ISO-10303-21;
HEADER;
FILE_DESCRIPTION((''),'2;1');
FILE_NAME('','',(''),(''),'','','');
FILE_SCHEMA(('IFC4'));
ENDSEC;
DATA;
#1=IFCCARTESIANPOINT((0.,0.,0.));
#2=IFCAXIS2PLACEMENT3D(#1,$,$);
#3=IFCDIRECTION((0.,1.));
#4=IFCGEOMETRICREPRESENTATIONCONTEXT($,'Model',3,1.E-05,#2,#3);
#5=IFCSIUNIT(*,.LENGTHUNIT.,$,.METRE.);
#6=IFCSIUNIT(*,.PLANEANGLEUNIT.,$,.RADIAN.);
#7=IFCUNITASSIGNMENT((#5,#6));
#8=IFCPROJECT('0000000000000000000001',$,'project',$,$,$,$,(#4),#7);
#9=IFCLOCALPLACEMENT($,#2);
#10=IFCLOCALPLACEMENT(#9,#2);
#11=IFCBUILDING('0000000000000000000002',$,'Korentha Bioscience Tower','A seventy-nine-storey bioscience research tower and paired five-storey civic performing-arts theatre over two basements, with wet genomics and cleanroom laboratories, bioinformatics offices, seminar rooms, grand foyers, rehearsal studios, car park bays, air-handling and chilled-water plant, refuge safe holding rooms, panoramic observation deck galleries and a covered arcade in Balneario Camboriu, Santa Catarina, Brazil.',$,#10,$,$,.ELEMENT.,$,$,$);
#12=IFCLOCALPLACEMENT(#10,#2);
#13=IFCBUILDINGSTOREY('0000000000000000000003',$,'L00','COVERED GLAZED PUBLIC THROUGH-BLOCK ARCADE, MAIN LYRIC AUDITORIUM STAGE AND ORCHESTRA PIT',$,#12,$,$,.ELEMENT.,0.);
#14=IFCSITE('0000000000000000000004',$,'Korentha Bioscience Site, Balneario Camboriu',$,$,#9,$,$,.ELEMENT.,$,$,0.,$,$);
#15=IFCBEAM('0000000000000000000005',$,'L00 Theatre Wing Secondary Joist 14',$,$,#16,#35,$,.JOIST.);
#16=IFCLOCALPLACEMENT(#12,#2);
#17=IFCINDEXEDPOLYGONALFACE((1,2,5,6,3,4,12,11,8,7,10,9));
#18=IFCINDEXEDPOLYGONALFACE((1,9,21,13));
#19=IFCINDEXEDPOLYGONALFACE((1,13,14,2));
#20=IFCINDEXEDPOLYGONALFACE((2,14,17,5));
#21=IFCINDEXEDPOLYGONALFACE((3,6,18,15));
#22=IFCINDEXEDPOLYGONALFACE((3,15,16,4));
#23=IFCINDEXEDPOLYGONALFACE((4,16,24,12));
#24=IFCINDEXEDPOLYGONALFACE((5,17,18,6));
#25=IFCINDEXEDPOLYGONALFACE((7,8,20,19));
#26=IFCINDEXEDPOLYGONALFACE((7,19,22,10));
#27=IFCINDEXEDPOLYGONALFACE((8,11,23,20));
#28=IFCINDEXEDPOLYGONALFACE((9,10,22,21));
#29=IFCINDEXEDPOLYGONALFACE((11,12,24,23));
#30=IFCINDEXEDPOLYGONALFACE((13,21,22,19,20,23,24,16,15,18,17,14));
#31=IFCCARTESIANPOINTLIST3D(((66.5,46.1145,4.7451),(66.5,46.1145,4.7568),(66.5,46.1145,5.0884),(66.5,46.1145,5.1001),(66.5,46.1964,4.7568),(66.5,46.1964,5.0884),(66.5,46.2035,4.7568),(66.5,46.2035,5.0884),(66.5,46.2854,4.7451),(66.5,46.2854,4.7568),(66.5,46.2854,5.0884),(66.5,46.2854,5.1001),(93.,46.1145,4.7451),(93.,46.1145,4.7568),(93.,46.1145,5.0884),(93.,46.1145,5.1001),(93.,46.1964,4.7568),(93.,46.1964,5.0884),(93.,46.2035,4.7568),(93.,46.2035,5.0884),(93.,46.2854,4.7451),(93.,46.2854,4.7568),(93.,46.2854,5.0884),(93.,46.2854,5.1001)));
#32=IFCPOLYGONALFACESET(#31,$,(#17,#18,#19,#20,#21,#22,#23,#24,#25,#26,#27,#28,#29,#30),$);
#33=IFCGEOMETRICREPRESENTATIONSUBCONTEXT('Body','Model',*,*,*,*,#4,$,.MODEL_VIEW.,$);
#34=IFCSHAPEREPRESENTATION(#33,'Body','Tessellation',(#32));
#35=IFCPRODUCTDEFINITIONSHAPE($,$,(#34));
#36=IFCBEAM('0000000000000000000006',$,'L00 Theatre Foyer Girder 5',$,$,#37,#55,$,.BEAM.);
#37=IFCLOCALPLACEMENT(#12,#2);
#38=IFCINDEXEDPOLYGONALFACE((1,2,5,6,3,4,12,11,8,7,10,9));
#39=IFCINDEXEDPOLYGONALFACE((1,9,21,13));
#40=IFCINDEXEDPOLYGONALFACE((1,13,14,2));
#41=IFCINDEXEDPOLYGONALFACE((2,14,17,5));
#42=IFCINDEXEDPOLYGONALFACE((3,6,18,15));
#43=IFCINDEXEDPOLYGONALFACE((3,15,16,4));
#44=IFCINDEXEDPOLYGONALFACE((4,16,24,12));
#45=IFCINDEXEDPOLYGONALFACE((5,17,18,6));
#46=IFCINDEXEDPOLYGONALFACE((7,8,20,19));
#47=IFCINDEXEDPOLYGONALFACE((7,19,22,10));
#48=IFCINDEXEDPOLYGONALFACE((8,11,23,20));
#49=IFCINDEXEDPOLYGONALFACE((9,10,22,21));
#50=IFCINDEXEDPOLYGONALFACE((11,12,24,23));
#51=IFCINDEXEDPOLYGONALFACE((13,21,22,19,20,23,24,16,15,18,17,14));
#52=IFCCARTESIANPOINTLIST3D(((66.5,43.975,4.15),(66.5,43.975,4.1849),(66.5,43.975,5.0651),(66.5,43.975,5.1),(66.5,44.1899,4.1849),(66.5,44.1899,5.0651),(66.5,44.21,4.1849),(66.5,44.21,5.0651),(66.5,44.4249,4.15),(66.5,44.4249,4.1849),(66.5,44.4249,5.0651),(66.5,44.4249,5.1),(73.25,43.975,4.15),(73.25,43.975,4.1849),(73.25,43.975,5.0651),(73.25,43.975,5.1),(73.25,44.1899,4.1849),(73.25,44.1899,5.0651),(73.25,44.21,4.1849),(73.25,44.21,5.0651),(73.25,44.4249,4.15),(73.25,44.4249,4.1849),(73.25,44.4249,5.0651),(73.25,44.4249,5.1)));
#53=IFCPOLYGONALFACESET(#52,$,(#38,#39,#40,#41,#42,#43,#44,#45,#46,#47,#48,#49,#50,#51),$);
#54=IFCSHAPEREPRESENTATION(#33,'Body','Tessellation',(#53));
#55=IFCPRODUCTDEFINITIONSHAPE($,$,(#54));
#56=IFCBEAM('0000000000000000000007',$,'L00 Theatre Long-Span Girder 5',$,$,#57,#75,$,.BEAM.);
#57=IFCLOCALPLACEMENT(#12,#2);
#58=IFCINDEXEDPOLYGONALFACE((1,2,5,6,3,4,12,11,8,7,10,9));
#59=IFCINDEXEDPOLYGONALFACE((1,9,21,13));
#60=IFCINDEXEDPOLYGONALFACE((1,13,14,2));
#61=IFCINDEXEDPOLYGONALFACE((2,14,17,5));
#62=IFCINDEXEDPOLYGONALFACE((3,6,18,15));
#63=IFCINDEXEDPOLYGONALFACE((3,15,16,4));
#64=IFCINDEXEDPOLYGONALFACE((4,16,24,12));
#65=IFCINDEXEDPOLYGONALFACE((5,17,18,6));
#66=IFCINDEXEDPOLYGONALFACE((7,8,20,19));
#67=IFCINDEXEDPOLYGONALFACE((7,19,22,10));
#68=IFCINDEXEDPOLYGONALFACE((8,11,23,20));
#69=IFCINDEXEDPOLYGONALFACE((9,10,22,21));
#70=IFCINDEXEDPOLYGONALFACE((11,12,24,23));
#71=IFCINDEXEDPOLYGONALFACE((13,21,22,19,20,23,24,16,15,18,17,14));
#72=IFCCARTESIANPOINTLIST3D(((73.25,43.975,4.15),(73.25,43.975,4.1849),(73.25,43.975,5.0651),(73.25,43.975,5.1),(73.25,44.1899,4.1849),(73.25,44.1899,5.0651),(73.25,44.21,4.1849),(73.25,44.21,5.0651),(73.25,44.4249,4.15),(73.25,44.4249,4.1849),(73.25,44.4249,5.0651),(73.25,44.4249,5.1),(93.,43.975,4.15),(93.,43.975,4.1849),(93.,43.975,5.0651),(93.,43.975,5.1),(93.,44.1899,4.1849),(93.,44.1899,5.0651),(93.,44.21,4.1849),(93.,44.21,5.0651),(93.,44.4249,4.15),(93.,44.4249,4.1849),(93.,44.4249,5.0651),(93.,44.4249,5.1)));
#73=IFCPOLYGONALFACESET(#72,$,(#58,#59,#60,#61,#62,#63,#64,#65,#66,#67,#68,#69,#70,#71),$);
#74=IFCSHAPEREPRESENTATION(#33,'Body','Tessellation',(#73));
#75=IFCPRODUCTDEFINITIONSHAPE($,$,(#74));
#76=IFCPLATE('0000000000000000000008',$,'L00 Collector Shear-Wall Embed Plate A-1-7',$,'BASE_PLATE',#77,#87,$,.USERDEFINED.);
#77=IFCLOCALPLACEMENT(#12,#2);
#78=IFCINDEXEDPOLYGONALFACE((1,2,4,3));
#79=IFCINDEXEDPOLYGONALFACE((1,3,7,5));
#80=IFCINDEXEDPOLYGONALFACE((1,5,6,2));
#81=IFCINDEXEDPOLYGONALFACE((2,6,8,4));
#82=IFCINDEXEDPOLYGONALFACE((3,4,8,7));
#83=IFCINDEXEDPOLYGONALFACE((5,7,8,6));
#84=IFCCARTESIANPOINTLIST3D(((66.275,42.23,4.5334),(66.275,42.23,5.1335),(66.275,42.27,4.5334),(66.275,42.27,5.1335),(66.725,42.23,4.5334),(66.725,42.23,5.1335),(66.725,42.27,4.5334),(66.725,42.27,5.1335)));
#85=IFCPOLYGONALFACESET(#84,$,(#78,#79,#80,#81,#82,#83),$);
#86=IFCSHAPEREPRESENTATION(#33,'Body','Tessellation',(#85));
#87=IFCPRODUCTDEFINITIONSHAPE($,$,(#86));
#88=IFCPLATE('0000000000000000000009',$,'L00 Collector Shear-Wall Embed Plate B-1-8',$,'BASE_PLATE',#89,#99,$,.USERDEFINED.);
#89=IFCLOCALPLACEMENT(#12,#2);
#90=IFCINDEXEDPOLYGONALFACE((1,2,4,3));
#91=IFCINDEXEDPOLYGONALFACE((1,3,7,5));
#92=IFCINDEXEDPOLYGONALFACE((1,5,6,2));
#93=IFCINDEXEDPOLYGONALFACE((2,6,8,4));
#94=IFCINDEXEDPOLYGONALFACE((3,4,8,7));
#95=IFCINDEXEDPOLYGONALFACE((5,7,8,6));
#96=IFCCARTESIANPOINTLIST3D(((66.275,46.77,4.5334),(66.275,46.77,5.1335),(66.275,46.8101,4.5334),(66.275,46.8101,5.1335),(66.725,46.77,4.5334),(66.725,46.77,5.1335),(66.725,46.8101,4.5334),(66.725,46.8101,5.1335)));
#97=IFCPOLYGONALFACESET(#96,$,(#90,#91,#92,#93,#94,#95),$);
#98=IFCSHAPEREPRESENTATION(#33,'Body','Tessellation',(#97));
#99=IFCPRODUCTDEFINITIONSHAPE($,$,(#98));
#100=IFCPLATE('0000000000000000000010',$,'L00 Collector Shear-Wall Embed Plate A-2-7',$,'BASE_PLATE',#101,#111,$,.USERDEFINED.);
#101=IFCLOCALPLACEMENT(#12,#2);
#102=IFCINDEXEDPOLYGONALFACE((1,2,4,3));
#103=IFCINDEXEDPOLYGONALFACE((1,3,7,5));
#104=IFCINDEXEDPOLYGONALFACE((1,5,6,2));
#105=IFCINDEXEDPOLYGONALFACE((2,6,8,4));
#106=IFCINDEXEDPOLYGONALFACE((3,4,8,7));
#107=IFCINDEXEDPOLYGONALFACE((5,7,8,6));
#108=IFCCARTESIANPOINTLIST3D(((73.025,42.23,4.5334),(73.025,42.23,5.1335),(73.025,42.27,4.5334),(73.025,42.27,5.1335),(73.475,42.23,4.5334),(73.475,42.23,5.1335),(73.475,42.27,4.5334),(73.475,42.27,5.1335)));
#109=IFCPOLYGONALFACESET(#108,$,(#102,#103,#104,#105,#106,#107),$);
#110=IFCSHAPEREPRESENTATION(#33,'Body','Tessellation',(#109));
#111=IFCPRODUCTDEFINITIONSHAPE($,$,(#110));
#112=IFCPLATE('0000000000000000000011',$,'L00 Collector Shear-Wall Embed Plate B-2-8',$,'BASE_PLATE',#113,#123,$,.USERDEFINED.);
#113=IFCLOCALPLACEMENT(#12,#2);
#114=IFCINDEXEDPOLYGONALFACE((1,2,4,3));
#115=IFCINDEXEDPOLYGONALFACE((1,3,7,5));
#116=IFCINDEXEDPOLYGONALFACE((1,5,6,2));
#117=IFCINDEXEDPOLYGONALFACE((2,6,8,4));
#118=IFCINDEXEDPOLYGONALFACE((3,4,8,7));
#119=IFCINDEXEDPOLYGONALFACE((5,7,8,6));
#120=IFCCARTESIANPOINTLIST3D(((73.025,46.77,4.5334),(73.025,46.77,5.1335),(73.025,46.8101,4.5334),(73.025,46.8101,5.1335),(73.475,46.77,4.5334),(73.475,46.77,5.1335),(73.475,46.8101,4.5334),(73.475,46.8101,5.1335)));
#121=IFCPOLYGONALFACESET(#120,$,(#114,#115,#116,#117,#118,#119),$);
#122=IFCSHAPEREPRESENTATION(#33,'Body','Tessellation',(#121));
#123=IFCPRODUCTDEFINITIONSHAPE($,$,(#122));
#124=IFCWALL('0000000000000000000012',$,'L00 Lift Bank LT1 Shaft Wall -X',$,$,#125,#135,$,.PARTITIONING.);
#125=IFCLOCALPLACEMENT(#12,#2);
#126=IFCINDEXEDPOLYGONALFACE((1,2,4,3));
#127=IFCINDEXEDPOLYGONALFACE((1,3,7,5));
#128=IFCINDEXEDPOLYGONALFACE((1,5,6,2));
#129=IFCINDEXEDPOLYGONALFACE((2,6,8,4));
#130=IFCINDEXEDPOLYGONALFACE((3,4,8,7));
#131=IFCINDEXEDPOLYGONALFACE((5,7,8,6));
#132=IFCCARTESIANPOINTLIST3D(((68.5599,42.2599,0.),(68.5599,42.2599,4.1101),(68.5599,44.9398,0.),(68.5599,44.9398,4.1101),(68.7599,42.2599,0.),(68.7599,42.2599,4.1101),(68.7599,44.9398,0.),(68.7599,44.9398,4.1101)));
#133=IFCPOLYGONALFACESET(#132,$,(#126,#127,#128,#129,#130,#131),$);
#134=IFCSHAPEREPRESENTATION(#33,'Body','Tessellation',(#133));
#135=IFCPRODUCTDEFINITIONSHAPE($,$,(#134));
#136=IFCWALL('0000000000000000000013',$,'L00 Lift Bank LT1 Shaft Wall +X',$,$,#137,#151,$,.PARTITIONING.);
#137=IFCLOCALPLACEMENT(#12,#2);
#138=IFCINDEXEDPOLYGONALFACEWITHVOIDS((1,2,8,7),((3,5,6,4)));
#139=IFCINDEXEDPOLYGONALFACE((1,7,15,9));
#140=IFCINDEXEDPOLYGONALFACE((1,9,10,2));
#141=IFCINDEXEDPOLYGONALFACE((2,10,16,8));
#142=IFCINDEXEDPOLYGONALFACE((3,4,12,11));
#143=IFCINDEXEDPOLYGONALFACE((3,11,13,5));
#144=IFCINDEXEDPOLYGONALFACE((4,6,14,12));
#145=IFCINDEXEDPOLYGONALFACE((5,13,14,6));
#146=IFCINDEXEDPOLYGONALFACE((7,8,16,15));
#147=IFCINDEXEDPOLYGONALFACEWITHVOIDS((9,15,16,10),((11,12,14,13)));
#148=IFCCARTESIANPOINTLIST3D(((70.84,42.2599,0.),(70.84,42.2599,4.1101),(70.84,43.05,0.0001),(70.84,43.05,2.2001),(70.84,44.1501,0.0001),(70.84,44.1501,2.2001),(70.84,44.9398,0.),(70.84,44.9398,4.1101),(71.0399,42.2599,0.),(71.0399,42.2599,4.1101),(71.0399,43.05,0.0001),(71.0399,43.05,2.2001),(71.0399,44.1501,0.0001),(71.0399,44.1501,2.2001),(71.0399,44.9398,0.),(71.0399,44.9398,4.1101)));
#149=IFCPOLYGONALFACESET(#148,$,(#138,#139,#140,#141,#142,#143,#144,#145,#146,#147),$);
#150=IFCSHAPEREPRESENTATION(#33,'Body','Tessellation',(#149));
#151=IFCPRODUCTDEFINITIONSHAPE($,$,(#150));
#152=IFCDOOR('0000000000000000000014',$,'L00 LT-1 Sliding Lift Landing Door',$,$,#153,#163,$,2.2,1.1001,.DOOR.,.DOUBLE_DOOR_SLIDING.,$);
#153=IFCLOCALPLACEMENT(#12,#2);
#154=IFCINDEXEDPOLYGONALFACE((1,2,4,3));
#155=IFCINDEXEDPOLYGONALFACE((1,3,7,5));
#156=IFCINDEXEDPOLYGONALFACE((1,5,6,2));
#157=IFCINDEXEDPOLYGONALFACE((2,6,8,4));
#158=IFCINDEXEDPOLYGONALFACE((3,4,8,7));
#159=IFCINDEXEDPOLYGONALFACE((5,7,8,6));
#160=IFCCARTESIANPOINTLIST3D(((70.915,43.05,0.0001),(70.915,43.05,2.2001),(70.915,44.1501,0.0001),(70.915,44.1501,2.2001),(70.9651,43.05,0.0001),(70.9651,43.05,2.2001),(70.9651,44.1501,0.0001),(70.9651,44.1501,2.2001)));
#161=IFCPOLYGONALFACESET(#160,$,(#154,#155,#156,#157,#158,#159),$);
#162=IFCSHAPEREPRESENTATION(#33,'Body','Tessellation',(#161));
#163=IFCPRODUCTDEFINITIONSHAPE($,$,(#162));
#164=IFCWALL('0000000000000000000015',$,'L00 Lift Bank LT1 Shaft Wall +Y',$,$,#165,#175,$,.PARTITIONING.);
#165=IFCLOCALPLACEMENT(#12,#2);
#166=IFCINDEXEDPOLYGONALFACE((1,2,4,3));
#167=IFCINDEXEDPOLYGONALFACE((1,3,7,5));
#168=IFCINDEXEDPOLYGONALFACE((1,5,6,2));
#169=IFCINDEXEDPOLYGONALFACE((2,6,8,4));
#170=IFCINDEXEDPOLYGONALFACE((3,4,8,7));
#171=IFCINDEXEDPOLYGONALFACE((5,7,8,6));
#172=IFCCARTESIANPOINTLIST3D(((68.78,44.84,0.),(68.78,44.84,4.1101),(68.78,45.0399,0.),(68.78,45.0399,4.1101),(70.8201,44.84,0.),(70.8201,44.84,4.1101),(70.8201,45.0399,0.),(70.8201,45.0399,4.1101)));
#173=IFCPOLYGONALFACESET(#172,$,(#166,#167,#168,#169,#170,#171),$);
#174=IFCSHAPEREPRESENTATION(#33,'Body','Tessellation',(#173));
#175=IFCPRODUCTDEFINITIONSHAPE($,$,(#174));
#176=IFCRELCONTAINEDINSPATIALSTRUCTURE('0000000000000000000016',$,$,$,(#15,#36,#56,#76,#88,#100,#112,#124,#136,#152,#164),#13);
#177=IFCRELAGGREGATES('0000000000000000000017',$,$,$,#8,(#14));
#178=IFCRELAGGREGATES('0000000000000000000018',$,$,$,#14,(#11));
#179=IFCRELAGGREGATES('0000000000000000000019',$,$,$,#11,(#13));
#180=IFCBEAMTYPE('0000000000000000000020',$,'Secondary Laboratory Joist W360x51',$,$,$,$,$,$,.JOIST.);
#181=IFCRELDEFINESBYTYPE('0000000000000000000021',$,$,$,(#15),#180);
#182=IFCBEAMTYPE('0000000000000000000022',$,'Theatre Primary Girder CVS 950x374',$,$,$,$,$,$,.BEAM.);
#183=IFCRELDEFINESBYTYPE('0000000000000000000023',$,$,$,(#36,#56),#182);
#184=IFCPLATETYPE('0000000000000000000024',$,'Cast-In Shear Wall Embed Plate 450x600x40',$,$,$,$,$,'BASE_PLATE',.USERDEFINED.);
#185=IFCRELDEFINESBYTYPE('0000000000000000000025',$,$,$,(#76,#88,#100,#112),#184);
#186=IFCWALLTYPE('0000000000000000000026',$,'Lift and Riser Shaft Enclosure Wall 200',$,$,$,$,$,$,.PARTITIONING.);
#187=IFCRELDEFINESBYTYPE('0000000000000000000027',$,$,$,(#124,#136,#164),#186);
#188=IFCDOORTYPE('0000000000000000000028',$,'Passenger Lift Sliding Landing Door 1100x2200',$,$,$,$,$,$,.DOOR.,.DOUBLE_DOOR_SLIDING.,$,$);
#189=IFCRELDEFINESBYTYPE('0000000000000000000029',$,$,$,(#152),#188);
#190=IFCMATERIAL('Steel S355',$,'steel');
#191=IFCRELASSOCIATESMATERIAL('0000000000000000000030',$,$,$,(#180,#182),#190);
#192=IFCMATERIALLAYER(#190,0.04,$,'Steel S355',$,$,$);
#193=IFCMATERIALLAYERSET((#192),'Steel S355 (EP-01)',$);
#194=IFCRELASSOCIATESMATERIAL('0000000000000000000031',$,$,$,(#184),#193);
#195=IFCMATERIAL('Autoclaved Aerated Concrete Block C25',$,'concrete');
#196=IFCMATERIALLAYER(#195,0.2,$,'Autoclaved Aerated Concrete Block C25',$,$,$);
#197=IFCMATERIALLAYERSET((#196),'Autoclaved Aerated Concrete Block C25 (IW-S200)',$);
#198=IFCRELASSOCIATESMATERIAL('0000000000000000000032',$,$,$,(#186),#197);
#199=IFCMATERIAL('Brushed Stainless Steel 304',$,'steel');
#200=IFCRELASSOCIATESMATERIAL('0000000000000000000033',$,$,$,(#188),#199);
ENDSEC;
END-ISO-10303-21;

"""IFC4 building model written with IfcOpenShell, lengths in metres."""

from ifc_helpers import new_model, si_unit, direction, frame, frame_2d, origin, origin_2d, place, context, subcontext, project, spatial, rectangle, i_section, extrude, material, layer, layer_set, material_profile, profile_set, type_object, element, fill, save


model = new_model("IFC4")

# Units and contexts
model_context = context("Model", 3, precision=1e-05, world=origin(), true_north=direction((0.0, 1.0)))
body_context = subcontext(model_context, "Body", "Model", "MODEL_VIEW")
ifc_project = project(units=[si_unit("LENGTHUNIT", "METRE"), si_unit("PLANEANGLEUNIT", "RADIAN")], contexts=[model_context])

# Site, building, storey
site_placement = place(None, origin())
site = spatial("IfcSite", under=ifc_project, at=site_placement, Name="Korentha Bioscience Site, Balneario Camboriu", CompositionType="ELEMENT", RefElevation=0.0)
building_placement = place(site_placement, origin())
building = spatial("IfcBuilding", under=site, at=building_placement, Name="Korentha Bioscience Tower", Description="A seventy-nine-storey bioscience research tower and paired five-storey civic performing-arts theatre over two basements, with wet genomics and cleanroom laboratories, bioinformatics offices, seminar rooms, grand foyers, rehearsal studios, car park bays, air-handling and chilled-water plant, refuge safe holding rooms, panoramic observation deck galleries and a covered arcade in Balneario Camboriu, Santa Catarina, Brazil.", CompositionType="ELEMENT")
storey_placement = place(building_placement, origin())
storey = spatial("IfcBuildingStorey", under=building, at=storey_placement, Name="L00", Description="COVERED GLAZED PUBLIC THROUGH-BLOCK ARCADE, MAIN LYRIC AUDITORIUM STAGE AND ORCHESTRA PIT", CompositionType="ELEMENT", Elevation=0.0)

# Beams
ifc_material_1 = material(Name="Steel S355", Category="steel")
ifc_material_profile_1 = material_profile(ifc_material_1, i_section(OverallWidth=0.1709, OverallDepth=0.355, WebThickness=0.0071, FlangeThickness=0.0117, at=origin_2d()), Name="Steel S355")
ifc_profile_set_1 = profile_set([ifc_material_profile_1], Name="Steel S355 (JB-360)")
beam_type_1 = type_object("IfcBeamType", Name="Secondary Laboratory Joist W360x51", PredefinedType="JOIST", material=ifc_profile_set_1)
for number, where, z_axis, x_axis, name in (
    (1, (66.5, 46.2, 4.9226), (1.0, 0.0, 0.0), (0.0, 1.0, 0.0), "L00 Theatre Wing Secondary Joist 14"),
):
    element("IfcBeam", number, at=place(storey_placement, frame(where, z_axis=z_axis, x_axis=x_axis)), inside=storey, type_object=beam_type_1, Name=name, PredefinedType="JOIST", context=body_context, shape_type="SweptSolid", body=[
        extrude(i_section(OverallWidth=0.1709, OverallDepth=0.355, WebThickness=0.0071, FlangeThickness=0.0117, at=origin_2d()), origin(), (0.0, 0.0, 1.0), 26.5),
    ])
ifc_material_profile_2 = material_profile(ifc_material_1, i_section(OverallWidth=0.45, OverallDepth=0.95, WebThickness=0.02, FlangeThickness=0.0349, at=origin_2d()), Name="Steel S355")
ifc_profile_set_2 = profile_set([ifc_material_profile_2], Name="Steel S355 (TB-950)")
beam_type_2 = type_object("IfcBeamType", Name="Theatre Primary Girder CVS 950x374", PredefinedType="BEAM", material=ifc_profile_set_2)
beam_1_placement = place(storey_placement, frame((66.5, 44.2, 4.625), z_axis=(1.0, 0.0, 0.0), x_axis=(0.0, 1.0, 0.0)))
element("IfcBeam", 2, at=beam_1_placement, inside=storey, type_object=beam_type_2, Name="L00 Theatre Foyer Girder 5", PredefinedType="BEAM", context=body_context, shape_type="SweptSolid", body=[
    extrude(i_section(OverallWidth=0.45, OverallDepth=0.95, WebThickness=0.02, FlangeThickness=0.0349, at=origin_2d()), origin(), (0.0, 0.0, 1.0), 6.75),
])
beam_2_placement = place(storey_placement, frame((73.25, 44.2, 4.625), z_axis=(1.0, 0.0, 0.0), x_axis=(0.0, 1.0, 0.0)))
element("IfcBeam", 3, at=beam_2_placement, inside=storey, type_object=beam_type_2, Name="L00 Theatre Long-Span Girder 5", PredefinedType="BEAM", context=body_context, shape_type="SweptSolid", body=[
    extrude(i_section(OverallWidth=0.45, OverallDepth=0.95, WebThickness=0.02, FlangeThickness=0.0349, at=origin_2d()), origin(), (0.0, 0.0, 1.0), 19.75),
])

# Plates
ifc_layer_1 = layer(ifc_material_1, 0.04, Name="Steel S355")
ifc_layer_set_1 = layer_set([ifc_layer_1], Name="Steel S355 (EP-01)")
plate_type = type_object("IfcPlateType", Name="Cast-In Shear Wall Embed Plate 450x600x40", ElementType="BASE_PLATE", PredefinedType="USERDEFINED", material=ifc_layer_set_1)
for number, where, z_axis, x_axis, name in (
    (4, (66.5, 42.25, 4.5334), (0.0, 0.0, 1.0), (1.0, 0.0, 0.0), "L00 Collector Shear-Wall Embed Plate A-1-7"),
    (5, (66.5, 46.79, 4.5334), (0.0, 0.0, 1.0), (1.0, 0.0, 0.0), "L00 Collector Shear-Wall Embed Plate B-1-8"),
    (6, (73.25, 42.25, 4.5334), (0.0, 0.0, 1.0), (1.0, 0.0, 0.0), "L00 Collector Shear-Wall Embed Plate A-2-7"),
    (7, (73.25, 46.79, 4.5334), (0.0, 0.0, 1.0), (1.0, 0.0, 0.0), "L00 Collector Shear-Wall Embed Plate B-2-8"),
):
    element("IfcPlate", number, at=place(storey_placement, frame(where, z_axis=z_axis, x_axis=x_axis)), inside=storey, type_object=plate_type, Name=name, ObjectType="BASE_PLATE", PredefinedType="USERDEFINED", context=body_context, shape_type="SweptSolid", body=[
        extrude(rectangle(XDim=0.45, YDim=0.04, at=origin_2d()), origin(), (0.0, 0.0, 1.0), 0.6001),
    ])

# Wall
ifc_material_2 = material(Name="Autoclaved Aerated Concrete Block C25", Category="concrete")
ifc_layer_2 = layer(ifc_material_2, 0.2, Name="Autoclaved Aerated Concrete Block C25")
ifc_layer_set_2 = layer_set([ifc_layer_2], Name="Autoclaved Aerated Concrete Block C25 (IW-S200)")
wall_type = type_object("IfcWallType", Name="Lift and Riser Shaft Enclosure Wall 200", PredefinedType="PARTITIONING", material=ifc_layer_set_2)
wall_1_placement = place(storey_placement, frame((68.6599, 42.26, 0.0), z_axis=(0.0, 0.0, 1.0), x_axis=(0.0, 1.0, 0.0)))
element("IfcWall", 8, at=wall_1_placement, inside=storey, type_object=wall_type, Name="L00 Lift Bank LT1 Shaft Wall -X", PredefinedType="PARTITIONING", context=body_context, shape_type="SweptSolid", body=[
    extrude(rectangle(XDim=2.6799, YDim=0.2, at=frame_2d((1.3398, 0.0))), origin(), (0.0, 0.0, 1.0), 4.1101),
])

# Wall, opening, door
wall_2_placement = place(storey_placement, frame((70.9399, 42.26, 0.0), z_axis=(0.0, 0.0, 1.0), x_axis=(0.0, 1.0, 0.0)))
wall_2 = element("IfcWall", 9, at=wall_2_placement, inside=storey, type_object=wall_type, Name="L00 Lift Bank LT1 Shaft Wall +X", PredefinedType="PARTITIONING", context=body_context, shape_type="SweptSolid", body=[
    extrude(rectangle(XDim=2.6799, YDim=0.2, at=frame_2d((1.3398, 0.0))), origin(), (0.0, 0.0, 1.0), 4.1101),
])
opening_placement = place(wall_2_placement, frame((0.79, 0.0, 0.0)))
opening = element("IfcOpeningElement", 10, at=opening_placement, cuts=wall_2, PredefinedType="OPENING", context=body_context, shape_type="SweptSolid", body=[
    extrude(rectangle(XDim=1.1001, YDim=2.2, at=frame_2d((0.55, 1.1001))), frame((0.0, 0.1147, 0.0), z_axis=(0.0, -1.0, 0.0), x_axis=(1.0, 0.0, 0.0)), (0.0, 0.0, 1.0), 0.2297),
])
ifc_material_3 = material(Name="Brushed Stainless Steel 304", Category="steel")
door_type = type_object("IfcDoorType", Name="Passenger Lift Sliding Landing Door 1100x2200", OperationType="DOUBLE_DOOR_SLIDING", PredefinedType="DOOR", material=ifc_material_3)
door_placement = place(opening_placement, origin())
door = element("IfcDoor", 11, at=door_placement, inside=storey, type_object=door_type, Name="L00 LT-1 Sliding Lift Landing Door", OperationType="DOUBLE_DOOR_SLIDING", OverallHeight=2.2, OverallWidth=1.1001, PredefinedType="DOOR", context=body_context, shape_type="SweptSolid", body=[
    extrude(rectangle(XDim=1.1001, YDim=2.2, at=frame_2d((0.55, 1.1001))), frame((0.0, 0.0249, 0.0), z_axis=(0.0, -1.0, 0.0), x_axis=(1.0, 0.0, 0.0)), (0.0, 0.0, 1.0), 0.05),
])
fill(opening, door)

# Wall
wall_3_placement = place(storey_placement, frame((68.78, 44.9399, 0.0), z_axis=(0.0, 0.0, 1.0), x_axis=(1.0, 0.0, 0.0)))
element("IfcWall", 12, at=wall_3_placement, inside=storey, type_object=wall_type, Name="L00 Lift Bank LT1 Shaft Wall +Y", PredefinedType="PARTITIONING", context=body_context, shape_type="SweptSolid", body=[
    extrude(rectangle(XDim=2.04, YDim=0.2, at=frame_2d((1.02, 0.0))), origin(), (0.0, 0.0, 1.0), 4.1101),
])

save(model, "model.ifc")
